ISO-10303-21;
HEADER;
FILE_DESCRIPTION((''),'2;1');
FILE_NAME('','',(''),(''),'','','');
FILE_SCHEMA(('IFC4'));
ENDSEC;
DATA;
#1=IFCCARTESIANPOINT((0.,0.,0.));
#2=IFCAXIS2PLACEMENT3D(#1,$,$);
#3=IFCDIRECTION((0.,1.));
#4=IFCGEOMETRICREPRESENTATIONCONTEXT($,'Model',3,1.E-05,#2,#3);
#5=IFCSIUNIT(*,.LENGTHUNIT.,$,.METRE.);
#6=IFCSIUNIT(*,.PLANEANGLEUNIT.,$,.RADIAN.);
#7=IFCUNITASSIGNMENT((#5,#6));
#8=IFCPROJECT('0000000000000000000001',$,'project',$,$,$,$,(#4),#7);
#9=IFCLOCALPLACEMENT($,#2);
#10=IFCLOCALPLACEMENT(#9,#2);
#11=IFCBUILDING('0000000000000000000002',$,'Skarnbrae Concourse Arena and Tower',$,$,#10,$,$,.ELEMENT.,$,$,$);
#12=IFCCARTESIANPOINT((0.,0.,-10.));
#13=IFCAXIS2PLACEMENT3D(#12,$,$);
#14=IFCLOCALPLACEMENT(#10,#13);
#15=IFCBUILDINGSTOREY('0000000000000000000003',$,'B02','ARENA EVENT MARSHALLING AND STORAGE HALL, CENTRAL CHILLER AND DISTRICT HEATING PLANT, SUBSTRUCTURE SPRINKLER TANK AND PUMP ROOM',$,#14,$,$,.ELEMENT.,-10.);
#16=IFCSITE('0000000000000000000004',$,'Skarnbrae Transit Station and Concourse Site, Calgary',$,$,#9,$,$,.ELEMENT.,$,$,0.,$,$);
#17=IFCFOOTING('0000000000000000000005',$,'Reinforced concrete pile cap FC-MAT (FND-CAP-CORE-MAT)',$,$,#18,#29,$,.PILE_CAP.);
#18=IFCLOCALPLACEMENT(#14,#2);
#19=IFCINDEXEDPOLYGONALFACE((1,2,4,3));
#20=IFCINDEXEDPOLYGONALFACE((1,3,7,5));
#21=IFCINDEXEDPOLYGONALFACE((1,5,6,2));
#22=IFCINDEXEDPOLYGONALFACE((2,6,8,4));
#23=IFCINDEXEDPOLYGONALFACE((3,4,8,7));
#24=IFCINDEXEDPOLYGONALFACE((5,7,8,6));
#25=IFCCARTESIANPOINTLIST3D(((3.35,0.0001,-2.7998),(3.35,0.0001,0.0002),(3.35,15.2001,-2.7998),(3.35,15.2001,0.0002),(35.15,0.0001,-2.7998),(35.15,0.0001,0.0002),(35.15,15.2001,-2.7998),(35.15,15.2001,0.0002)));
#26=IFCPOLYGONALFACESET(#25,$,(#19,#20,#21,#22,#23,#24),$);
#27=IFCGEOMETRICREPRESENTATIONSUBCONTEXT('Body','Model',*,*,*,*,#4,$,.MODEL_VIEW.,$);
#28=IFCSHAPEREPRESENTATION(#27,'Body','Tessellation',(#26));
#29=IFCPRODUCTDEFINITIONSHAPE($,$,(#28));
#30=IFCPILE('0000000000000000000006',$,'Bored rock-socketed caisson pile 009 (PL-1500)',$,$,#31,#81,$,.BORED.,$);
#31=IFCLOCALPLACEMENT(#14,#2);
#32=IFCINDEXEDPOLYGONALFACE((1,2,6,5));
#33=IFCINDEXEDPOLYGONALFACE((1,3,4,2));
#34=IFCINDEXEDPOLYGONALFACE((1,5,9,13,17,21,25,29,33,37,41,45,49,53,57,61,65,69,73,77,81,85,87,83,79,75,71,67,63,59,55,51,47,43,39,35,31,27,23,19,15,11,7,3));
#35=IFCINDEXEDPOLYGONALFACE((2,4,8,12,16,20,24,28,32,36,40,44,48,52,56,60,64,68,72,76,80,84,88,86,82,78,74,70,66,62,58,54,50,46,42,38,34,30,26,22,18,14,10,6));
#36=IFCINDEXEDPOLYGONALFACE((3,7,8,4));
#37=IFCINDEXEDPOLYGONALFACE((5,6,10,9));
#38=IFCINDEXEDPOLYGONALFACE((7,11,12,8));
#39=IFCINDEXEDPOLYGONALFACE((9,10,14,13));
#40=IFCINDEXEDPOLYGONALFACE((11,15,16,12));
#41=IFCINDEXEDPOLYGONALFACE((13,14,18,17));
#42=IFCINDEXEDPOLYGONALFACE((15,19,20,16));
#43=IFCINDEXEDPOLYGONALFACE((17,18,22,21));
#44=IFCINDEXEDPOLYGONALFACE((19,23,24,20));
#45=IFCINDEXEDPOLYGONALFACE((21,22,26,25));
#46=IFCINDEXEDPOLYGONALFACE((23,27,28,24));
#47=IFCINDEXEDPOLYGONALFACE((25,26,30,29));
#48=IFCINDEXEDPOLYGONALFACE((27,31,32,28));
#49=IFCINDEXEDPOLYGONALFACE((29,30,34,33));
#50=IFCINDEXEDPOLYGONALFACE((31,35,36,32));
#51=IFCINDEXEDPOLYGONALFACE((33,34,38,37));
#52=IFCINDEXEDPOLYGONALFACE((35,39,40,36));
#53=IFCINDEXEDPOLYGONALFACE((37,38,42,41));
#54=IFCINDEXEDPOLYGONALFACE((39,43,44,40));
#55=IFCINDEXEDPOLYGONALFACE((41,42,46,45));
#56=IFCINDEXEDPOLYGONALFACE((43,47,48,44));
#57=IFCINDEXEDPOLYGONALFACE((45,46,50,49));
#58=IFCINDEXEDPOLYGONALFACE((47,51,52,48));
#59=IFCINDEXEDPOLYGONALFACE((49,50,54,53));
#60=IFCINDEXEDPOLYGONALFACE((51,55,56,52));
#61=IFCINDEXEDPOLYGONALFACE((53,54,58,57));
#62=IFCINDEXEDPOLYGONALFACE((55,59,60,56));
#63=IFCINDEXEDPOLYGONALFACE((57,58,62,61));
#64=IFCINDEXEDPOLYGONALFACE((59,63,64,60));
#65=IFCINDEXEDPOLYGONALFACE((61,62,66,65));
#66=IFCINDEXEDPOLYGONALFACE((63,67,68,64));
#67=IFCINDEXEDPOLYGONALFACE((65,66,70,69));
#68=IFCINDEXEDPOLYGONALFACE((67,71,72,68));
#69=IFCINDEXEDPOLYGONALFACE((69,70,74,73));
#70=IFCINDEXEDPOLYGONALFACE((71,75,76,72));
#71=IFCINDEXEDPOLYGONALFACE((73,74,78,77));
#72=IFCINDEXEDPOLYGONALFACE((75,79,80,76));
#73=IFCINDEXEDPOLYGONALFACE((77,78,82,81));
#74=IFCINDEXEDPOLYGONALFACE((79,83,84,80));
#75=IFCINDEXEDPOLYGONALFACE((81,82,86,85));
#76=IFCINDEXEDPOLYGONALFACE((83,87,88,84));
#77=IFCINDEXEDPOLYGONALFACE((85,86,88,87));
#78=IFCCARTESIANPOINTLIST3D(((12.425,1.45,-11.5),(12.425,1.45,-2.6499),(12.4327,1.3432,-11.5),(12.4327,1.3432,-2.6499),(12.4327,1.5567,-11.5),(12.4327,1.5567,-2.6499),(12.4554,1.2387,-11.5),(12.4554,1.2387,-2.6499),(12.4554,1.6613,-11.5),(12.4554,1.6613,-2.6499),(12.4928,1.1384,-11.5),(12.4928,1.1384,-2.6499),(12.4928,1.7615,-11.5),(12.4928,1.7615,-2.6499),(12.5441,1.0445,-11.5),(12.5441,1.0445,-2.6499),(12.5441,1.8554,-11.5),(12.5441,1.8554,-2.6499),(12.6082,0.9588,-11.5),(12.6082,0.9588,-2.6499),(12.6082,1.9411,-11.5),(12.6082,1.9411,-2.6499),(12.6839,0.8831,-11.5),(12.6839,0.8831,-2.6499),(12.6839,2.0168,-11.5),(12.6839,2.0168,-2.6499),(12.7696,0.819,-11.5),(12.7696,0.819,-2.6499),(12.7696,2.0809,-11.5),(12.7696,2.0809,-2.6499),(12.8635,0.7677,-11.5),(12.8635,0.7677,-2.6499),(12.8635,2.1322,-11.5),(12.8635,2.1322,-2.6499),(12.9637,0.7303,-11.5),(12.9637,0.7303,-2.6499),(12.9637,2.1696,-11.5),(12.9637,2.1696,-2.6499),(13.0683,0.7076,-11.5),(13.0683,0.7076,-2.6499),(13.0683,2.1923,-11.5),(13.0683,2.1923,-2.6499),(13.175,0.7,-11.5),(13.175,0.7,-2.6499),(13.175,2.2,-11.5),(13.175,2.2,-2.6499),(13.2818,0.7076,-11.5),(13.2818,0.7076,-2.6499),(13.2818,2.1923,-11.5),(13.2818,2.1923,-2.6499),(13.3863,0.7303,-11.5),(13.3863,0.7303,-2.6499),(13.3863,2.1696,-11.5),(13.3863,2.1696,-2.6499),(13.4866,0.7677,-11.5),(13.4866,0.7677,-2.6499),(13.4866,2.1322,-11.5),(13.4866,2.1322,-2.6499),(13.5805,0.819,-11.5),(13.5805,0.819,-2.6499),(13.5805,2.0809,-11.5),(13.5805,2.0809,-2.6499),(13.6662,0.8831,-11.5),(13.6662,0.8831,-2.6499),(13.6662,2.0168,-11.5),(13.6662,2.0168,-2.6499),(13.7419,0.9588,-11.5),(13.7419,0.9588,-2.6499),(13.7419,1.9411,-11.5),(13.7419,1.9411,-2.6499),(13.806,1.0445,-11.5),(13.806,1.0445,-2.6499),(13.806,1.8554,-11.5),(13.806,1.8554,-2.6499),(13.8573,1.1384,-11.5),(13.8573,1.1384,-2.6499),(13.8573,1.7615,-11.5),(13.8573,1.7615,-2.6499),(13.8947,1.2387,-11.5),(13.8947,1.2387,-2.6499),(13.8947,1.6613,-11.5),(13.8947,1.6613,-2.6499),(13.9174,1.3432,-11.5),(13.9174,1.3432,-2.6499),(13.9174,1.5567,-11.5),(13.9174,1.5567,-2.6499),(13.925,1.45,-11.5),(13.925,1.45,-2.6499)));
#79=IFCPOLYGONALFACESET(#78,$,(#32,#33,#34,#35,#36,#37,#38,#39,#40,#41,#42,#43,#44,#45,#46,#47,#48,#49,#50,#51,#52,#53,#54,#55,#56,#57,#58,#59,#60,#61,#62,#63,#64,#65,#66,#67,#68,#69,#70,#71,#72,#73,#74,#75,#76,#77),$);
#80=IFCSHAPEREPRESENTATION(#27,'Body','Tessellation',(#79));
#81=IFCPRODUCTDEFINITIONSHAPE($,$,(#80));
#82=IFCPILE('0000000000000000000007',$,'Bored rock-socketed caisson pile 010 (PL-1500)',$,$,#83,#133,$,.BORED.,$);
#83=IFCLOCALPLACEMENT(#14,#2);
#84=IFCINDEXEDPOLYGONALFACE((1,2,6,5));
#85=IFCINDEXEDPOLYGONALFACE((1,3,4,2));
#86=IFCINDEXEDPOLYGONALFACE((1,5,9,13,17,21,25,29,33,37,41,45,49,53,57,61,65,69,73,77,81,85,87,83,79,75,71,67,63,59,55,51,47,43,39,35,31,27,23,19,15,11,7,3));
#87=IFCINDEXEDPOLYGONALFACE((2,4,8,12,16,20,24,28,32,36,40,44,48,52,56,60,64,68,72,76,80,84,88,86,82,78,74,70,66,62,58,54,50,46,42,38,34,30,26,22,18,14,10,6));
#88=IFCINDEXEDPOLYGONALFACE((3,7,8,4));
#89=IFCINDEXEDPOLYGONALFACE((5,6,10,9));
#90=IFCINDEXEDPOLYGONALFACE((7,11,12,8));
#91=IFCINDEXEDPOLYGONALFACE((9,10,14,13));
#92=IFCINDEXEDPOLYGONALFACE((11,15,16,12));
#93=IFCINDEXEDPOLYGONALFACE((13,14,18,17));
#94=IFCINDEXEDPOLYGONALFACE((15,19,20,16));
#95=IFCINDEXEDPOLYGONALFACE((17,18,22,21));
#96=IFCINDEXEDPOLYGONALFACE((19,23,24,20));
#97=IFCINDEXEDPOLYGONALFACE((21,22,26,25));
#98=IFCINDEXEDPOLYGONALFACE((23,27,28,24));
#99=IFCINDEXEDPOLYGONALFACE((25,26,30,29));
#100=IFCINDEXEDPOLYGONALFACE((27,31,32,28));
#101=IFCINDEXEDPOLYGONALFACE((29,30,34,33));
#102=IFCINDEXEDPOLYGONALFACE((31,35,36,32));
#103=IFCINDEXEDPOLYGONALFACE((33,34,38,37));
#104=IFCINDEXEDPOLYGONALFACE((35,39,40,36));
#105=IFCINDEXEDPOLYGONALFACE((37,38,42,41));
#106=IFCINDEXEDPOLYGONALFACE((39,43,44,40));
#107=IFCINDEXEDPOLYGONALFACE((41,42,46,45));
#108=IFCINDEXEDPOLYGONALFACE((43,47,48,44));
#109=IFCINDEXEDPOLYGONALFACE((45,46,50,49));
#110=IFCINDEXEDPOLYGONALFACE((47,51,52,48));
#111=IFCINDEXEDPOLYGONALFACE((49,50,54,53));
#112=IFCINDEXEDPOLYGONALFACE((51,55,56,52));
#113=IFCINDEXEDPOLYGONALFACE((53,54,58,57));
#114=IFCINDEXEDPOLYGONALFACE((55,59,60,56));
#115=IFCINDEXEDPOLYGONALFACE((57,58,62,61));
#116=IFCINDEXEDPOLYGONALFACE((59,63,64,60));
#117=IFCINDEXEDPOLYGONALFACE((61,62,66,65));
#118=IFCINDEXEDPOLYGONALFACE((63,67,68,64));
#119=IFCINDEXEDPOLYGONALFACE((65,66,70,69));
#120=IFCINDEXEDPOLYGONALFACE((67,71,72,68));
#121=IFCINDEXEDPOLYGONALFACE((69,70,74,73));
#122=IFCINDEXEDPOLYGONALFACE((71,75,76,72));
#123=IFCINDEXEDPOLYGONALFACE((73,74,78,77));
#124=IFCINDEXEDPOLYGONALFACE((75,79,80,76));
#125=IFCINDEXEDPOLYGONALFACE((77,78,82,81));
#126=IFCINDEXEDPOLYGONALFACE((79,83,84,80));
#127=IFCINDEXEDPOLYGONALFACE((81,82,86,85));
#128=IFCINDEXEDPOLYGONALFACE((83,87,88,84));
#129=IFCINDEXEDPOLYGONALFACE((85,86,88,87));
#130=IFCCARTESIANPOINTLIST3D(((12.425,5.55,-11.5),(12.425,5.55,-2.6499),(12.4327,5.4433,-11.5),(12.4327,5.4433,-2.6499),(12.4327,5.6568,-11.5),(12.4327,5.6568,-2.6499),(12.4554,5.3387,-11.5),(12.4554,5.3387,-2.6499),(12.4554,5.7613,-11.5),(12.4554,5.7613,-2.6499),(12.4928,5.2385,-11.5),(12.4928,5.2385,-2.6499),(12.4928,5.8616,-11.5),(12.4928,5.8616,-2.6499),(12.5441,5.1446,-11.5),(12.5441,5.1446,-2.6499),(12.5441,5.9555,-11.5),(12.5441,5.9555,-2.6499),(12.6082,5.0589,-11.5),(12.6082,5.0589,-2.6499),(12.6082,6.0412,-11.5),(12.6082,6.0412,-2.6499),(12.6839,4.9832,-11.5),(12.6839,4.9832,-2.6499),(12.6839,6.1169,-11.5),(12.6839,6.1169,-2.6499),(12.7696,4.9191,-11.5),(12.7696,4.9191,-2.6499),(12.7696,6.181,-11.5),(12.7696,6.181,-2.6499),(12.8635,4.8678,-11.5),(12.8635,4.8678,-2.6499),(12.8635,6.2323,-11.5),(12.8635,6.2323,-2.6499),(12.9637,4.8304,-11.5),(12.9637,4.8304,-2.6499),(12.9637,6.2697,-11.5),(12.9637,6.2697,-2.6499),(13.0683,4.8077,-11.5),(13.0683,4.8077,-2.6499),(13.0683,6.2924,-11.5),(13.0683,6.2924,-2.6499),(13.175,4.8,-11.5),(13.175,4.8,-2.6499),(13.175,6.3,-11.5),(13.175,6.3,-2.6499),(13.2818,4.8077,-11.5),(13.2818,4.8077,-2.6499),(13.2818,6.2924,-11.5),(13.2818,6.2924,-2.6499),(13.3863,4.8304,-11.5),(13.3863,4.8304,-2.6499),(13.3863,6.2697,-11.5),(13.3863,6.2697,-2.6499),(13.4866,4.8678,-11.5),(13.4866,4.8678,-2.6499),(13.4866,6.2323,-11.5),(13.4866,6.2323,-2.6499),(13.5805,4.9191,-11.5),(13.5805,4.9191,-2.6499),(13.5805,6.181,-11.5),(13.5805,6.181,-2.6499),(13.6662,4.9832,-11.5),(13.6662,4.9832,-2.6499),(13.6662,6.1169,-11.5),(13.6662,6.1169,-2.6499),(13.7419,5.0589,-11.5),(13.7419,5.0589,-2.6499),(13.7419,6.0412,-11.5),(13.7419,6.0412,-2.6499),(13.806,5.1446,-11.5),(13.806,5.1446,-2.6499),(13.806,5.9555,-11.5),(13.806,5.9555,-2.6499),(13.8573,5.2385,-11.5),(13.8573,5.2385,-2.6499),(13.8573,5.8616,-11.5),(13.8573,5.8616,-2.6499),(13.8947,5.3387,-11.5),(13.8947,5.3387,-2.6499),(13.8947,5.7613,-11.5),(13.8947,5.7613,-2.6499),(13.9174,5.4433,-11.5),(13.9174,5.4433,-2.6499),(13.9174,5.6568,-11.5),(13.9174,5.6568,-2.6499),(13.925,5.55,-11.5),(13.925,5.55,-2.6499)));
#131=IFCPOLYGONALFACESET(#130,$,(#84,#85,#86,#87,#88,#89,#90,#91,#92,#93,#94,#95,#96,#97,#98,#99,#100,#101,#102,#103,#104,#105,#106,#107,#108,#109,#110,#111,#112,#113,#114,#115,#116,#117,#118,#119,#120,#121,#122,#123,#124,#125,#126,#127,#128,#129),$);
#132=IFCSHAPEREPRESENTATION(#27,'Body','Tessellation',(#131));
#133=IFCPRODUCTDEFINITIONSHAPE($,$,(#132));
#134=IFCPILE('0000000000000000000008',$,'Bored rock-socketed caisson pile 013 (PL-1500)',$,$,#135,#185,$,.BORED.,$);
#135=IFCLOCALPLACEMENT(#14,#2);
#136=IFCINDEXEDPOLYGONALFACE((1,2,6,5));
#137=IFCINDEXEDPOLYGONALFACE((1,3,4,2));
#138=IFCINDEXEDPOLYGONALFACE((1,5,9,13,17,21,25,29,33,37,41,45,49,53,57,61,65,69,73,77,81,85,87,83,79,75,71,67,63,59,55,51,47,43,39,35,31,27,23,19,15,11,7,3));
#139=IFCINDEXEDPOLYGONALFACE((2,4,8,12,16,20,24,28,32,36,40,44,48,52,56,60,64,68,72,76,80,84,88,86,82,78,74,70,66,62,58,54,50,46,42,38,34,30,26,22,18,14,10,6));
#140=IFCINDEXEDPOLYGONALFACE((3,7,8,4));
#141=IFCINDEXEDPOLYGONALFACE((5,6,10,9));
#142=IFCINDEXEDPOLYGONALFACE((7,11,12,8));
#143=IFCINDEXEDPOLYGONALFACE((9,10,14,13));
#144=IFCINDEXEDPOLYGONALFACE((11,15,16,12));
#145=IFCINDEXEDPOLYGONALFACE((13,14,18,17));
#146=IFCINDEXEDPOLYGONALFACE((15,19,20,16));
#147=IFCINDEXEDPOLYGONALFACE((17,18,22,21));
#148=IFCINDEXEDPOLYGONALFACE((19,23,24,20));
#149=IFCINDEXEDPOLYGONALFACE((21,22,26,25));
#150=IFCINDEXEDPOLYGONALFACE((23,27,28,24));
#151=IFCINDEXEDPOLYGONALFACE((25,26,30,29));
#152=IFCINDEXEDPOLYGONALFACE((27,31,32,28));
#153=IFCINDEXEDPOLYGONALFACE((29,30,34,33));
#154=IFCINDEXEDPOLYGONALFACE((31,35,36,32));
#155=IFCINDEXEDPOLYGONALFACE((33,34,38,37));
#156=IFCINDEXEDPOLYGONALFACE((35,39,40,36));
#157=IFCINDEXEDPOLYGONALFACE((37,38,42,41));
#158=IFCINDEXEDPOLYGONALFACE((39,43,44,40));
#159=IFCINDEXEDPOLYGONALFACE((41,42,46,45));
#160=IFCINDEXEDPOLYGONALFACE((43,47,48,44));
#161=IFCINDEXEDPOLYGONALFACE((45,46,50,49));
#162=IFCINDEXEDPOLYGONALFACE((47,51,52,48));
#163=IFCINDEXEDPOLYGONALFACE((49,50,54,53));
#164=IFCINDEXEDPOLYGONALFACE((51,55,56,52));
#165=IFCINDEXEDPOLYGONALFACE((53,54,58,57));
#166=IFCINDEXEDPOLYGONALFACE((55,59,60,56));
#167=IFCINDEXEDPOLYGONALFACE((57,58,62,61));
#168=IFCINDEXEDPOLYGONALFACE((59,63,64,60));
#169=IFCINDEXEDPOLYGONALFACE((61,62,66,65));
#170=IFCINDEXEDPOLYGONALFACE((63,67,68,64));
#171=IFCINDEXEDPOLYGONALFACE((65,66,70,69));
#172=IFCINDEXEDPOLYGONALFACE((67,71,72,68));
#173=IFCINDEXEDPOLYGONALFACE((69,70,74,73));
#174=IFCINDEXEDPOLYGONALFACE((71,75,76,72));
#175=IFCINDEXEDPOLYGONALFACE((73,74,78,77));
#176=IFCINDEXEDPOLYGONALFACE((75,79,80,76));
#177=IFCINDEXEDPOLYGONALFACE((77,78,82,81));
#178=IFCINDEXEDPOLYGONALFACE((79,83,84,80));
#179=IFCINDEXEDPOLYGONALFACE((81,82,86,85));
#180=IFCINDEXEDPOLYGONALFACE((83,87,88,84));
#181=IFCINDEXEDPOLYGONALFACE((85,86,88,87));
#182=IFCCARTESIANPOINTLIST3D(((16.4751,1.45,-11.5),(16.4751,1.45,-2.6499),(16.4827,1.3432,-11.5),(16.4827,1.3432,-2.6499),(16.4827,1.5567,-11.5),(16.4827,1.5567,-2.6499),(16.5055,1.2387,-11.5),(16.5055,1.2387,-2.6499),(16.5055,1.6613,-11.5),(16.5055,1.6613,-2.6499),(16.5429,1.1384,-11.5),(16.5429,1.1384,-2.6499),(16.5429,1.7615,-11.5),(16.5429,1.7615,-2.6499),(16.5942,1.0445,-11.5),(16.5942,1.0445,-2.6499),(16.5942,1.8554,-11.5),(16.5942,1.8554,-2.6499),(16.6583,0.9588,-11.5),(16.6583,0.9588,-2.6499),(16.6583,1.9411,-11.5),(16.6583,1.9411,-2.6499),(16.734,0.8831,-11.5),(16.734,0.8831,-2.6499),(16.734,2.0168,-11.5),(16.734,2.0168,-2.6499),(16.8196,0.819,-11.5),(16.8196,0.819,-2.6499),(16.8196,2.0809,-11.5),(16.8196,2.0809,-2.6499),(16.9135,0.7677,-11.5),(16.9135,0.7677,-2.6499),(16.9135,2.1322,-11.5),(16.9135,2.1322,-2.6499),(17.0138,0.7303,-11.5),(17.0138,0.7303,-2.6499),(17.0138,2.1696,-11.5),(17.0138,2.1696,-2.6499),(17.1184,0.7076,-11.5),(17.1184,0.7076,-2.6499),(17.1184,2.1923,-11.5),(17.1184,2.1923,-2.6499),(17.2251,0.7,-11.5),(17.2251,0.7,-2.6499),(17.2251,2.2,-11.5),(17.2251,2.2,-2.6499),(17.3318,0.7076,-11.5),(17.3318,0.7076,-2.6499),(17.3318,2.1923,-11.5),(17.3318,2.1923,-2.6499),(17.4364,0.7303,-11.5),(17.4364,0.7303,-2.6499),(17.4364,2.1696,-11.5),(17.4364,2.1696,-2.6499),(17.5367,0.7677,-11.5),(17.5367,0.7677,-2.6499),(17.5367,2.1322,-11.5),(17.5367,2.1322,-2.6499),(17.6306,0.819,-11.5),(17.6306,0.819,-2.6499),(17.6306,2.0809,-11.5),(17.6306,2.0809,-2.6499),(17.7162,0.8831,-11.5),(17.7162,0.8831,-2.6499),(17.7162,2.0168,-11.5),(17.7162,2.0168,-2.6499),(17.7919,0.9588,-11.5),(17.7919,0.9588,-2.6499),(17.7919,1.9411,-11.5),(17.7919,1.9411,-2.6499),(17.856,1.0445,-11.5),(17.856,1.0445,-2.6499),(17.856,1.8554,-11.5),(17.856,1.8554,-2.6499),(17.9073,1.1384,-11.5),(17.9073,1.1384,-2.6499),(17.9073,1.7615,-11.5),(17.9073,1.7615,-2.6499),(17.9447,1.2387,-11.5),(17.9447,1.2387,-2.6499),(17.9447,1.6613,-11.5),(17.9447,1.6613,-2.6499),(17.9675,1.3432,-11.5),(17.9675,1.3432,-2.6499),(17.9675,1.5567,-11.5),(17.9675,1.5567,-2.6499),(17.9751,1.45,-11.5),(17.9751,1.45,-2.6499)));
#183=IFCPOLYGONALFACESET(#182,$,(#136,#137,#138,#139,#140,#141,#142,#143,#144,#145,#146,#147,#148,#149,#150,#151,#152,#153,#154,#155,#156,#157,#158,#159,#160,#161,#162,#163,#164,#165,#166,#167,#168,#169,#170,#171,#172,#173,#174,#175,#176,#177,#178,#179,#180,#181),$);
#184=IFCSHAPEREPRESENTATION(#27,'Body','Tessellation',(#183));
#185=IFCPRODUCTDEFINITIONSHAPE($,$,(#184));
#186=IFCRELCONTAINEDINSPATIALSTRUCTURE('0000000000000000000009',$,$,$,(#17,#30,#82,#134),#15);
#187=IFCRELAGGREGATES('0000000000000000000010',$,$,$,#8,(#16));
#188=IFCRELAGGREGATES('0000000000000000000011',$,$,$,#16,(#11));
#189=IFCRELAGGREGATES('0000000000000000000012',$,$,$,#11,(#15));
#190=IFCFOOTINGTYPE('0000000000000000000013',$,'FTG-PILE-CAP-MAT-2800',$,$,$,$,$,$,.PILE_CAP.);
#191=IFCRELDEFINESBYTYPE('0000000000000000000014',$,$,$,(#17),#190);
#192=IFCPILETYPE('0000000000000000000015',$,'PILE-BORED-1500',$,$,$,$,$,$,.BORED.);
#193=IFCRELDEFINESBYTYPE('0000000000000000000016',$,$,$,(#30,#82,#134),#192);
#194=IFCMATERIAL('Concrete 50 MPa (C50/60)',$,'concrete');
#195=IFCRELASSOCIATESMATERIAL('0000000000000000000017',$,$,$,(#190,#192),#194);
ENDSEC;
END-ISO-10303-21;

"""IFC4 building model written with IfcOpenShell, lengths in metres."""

from ifc_helpers import new_model, si_unit, direction, frame, origin, origin_2d, place, context, subcontext, project, spatial, rectangle, circle, extrude, source, transform, mapped, material, material_profile, profile_set, type_object, element, save


model = new_model("IFC4")

# Units and contexts
model_context = context("Model", 3, precision=1e-05, world=origin(), true_north=direction((0.0, 1.0)))
body_context = subcontext(model_context, "Body", "Model", "MODEL_VIEW")
ifc_project = project(units=[si_unit("LENGTHUNIT", "METRE"), si_unit("PLANEANGLEUNIT", "RADIAN")], contexts=[model_context])

# Site, building, storey
site_placement = place(None, origin())
site = spatial("IfcSite", under=ifc_project, at=site_placement, Name="Skarnbrae Transit Station and Concourse Site, Calgary", CompositionType="ELEMENT", RefElevation=0.0)
building_placement = place(site_placement, origin())
building = spatial("IfcBuilding", under=site, at=building_placement, Name="Skarnbrae Concourse Arena and Tower", CompositionType="ELEMENT")
storey_placement = place(building_placement, frame((0.0, 0.0, -10.0)))
storey = spatial("IfcBuildingStorey", under=building, at=storey_placement, Name="B02", Description="ARENA EVENT MARSHALLING AND STORAGE HALL, CENTRAL CHILLER AND DISTRICT HEATING PLANT, SUBSTRUCTURE SPRINKLER TANK AND PUMP ROOM", CompositionType="ELEMENT", Elevation=-10.0)

# Footing
ifc_material_1 = material(Name="Concrete 50 MPa (C50/60)", Category="concrete")
footing_type = type_object("IfcFootingType", Name="FTG-PILE-CAP-MAT-2800", PredefinedType="PILE_CAP", material=ifc_material_1)
shared_shape_1 = source(origin(), body_context, "Body", "SweptSolid", [
    extrude(rectangle(XDim=31.8, YDim=15.2, at=origin_2d()), origin(), (0.0, 0.0, 1.0), 2.8),
])
footing_placement = place(storey_placement, frame((19.25, 7.6001, -2.7998), z_axis=(0.0, 0.0, 1.0), x_axis=(1.0, 0.0, 0.0)))
element("IfcFooting", 1, at=footing_placement, inside=storey, type_object=footing_type, Name="Reinforced concrete pile cap FC-MAT (FND-CAP-CORE-MAT)", PredefinedType="PILE_CAP", context=body_context, shape_type="MappedRepresentation", body=[
    mapped(shared_shape_1, transform((0.0, 0.0, 0.0))),
])

# Piles
ifc_material_profile = material_profile(ifc_material_1, circle(Radius=0.75, at=origin_2d()), Name="CAISSON-1500")
ifc_profile_set = profile_set([ifc_material_profile], Name="Concrete 50 MPa (C50/60)")
pile_type = type_object("IfcPileType", Name="PILE-BORED-1500", PredefinedType="BORED", material=ifc_profile_set)
shared_shape_2 = source(origin(), body_context, "Body", "SweptSolid", [
    extrude(circle(Radius=0.75, at=origin_2d()), origin(), (0.0, 0.0, 1.0), 8.8501),
])
for number, where, z_axis, x_axis, name in (
    (2, (13.175, 1.45, -2.6499), (0.0, 0.0, -1.0), (1.0, 0.0, 0.0), "Bored rock-socketed caisson pile 009 (PL-1500)"),
    (3, (13.175, 5.55, -2.6499), (0.0, 0.0, -1.0), (1.0, 0.0, 0.0), "Bored rock-socketed caisson pile 010 (PL-1500)"),
    (4, (17.2251, 1.45, -2.6499), (0.0, 0.0, -1.0), (1.0, 0.0, 0.0), "Bored rock-socketed caisson pile 013 (PL-1500)"),
):
    element("IfcPile", number, at=place(storey_placement, frame(where, z_axis=z_axis, x_axis=x_axis)), inside=storey, type_object=pile_type, Name=name, PredefinedType="BORED", context=body_context, shape_type="MappedRepresentation", body=[
        mapped(shared_shape_2, transform((0.0, 0.0, 0.0))),
    ])

save(model, "model.ifc")
